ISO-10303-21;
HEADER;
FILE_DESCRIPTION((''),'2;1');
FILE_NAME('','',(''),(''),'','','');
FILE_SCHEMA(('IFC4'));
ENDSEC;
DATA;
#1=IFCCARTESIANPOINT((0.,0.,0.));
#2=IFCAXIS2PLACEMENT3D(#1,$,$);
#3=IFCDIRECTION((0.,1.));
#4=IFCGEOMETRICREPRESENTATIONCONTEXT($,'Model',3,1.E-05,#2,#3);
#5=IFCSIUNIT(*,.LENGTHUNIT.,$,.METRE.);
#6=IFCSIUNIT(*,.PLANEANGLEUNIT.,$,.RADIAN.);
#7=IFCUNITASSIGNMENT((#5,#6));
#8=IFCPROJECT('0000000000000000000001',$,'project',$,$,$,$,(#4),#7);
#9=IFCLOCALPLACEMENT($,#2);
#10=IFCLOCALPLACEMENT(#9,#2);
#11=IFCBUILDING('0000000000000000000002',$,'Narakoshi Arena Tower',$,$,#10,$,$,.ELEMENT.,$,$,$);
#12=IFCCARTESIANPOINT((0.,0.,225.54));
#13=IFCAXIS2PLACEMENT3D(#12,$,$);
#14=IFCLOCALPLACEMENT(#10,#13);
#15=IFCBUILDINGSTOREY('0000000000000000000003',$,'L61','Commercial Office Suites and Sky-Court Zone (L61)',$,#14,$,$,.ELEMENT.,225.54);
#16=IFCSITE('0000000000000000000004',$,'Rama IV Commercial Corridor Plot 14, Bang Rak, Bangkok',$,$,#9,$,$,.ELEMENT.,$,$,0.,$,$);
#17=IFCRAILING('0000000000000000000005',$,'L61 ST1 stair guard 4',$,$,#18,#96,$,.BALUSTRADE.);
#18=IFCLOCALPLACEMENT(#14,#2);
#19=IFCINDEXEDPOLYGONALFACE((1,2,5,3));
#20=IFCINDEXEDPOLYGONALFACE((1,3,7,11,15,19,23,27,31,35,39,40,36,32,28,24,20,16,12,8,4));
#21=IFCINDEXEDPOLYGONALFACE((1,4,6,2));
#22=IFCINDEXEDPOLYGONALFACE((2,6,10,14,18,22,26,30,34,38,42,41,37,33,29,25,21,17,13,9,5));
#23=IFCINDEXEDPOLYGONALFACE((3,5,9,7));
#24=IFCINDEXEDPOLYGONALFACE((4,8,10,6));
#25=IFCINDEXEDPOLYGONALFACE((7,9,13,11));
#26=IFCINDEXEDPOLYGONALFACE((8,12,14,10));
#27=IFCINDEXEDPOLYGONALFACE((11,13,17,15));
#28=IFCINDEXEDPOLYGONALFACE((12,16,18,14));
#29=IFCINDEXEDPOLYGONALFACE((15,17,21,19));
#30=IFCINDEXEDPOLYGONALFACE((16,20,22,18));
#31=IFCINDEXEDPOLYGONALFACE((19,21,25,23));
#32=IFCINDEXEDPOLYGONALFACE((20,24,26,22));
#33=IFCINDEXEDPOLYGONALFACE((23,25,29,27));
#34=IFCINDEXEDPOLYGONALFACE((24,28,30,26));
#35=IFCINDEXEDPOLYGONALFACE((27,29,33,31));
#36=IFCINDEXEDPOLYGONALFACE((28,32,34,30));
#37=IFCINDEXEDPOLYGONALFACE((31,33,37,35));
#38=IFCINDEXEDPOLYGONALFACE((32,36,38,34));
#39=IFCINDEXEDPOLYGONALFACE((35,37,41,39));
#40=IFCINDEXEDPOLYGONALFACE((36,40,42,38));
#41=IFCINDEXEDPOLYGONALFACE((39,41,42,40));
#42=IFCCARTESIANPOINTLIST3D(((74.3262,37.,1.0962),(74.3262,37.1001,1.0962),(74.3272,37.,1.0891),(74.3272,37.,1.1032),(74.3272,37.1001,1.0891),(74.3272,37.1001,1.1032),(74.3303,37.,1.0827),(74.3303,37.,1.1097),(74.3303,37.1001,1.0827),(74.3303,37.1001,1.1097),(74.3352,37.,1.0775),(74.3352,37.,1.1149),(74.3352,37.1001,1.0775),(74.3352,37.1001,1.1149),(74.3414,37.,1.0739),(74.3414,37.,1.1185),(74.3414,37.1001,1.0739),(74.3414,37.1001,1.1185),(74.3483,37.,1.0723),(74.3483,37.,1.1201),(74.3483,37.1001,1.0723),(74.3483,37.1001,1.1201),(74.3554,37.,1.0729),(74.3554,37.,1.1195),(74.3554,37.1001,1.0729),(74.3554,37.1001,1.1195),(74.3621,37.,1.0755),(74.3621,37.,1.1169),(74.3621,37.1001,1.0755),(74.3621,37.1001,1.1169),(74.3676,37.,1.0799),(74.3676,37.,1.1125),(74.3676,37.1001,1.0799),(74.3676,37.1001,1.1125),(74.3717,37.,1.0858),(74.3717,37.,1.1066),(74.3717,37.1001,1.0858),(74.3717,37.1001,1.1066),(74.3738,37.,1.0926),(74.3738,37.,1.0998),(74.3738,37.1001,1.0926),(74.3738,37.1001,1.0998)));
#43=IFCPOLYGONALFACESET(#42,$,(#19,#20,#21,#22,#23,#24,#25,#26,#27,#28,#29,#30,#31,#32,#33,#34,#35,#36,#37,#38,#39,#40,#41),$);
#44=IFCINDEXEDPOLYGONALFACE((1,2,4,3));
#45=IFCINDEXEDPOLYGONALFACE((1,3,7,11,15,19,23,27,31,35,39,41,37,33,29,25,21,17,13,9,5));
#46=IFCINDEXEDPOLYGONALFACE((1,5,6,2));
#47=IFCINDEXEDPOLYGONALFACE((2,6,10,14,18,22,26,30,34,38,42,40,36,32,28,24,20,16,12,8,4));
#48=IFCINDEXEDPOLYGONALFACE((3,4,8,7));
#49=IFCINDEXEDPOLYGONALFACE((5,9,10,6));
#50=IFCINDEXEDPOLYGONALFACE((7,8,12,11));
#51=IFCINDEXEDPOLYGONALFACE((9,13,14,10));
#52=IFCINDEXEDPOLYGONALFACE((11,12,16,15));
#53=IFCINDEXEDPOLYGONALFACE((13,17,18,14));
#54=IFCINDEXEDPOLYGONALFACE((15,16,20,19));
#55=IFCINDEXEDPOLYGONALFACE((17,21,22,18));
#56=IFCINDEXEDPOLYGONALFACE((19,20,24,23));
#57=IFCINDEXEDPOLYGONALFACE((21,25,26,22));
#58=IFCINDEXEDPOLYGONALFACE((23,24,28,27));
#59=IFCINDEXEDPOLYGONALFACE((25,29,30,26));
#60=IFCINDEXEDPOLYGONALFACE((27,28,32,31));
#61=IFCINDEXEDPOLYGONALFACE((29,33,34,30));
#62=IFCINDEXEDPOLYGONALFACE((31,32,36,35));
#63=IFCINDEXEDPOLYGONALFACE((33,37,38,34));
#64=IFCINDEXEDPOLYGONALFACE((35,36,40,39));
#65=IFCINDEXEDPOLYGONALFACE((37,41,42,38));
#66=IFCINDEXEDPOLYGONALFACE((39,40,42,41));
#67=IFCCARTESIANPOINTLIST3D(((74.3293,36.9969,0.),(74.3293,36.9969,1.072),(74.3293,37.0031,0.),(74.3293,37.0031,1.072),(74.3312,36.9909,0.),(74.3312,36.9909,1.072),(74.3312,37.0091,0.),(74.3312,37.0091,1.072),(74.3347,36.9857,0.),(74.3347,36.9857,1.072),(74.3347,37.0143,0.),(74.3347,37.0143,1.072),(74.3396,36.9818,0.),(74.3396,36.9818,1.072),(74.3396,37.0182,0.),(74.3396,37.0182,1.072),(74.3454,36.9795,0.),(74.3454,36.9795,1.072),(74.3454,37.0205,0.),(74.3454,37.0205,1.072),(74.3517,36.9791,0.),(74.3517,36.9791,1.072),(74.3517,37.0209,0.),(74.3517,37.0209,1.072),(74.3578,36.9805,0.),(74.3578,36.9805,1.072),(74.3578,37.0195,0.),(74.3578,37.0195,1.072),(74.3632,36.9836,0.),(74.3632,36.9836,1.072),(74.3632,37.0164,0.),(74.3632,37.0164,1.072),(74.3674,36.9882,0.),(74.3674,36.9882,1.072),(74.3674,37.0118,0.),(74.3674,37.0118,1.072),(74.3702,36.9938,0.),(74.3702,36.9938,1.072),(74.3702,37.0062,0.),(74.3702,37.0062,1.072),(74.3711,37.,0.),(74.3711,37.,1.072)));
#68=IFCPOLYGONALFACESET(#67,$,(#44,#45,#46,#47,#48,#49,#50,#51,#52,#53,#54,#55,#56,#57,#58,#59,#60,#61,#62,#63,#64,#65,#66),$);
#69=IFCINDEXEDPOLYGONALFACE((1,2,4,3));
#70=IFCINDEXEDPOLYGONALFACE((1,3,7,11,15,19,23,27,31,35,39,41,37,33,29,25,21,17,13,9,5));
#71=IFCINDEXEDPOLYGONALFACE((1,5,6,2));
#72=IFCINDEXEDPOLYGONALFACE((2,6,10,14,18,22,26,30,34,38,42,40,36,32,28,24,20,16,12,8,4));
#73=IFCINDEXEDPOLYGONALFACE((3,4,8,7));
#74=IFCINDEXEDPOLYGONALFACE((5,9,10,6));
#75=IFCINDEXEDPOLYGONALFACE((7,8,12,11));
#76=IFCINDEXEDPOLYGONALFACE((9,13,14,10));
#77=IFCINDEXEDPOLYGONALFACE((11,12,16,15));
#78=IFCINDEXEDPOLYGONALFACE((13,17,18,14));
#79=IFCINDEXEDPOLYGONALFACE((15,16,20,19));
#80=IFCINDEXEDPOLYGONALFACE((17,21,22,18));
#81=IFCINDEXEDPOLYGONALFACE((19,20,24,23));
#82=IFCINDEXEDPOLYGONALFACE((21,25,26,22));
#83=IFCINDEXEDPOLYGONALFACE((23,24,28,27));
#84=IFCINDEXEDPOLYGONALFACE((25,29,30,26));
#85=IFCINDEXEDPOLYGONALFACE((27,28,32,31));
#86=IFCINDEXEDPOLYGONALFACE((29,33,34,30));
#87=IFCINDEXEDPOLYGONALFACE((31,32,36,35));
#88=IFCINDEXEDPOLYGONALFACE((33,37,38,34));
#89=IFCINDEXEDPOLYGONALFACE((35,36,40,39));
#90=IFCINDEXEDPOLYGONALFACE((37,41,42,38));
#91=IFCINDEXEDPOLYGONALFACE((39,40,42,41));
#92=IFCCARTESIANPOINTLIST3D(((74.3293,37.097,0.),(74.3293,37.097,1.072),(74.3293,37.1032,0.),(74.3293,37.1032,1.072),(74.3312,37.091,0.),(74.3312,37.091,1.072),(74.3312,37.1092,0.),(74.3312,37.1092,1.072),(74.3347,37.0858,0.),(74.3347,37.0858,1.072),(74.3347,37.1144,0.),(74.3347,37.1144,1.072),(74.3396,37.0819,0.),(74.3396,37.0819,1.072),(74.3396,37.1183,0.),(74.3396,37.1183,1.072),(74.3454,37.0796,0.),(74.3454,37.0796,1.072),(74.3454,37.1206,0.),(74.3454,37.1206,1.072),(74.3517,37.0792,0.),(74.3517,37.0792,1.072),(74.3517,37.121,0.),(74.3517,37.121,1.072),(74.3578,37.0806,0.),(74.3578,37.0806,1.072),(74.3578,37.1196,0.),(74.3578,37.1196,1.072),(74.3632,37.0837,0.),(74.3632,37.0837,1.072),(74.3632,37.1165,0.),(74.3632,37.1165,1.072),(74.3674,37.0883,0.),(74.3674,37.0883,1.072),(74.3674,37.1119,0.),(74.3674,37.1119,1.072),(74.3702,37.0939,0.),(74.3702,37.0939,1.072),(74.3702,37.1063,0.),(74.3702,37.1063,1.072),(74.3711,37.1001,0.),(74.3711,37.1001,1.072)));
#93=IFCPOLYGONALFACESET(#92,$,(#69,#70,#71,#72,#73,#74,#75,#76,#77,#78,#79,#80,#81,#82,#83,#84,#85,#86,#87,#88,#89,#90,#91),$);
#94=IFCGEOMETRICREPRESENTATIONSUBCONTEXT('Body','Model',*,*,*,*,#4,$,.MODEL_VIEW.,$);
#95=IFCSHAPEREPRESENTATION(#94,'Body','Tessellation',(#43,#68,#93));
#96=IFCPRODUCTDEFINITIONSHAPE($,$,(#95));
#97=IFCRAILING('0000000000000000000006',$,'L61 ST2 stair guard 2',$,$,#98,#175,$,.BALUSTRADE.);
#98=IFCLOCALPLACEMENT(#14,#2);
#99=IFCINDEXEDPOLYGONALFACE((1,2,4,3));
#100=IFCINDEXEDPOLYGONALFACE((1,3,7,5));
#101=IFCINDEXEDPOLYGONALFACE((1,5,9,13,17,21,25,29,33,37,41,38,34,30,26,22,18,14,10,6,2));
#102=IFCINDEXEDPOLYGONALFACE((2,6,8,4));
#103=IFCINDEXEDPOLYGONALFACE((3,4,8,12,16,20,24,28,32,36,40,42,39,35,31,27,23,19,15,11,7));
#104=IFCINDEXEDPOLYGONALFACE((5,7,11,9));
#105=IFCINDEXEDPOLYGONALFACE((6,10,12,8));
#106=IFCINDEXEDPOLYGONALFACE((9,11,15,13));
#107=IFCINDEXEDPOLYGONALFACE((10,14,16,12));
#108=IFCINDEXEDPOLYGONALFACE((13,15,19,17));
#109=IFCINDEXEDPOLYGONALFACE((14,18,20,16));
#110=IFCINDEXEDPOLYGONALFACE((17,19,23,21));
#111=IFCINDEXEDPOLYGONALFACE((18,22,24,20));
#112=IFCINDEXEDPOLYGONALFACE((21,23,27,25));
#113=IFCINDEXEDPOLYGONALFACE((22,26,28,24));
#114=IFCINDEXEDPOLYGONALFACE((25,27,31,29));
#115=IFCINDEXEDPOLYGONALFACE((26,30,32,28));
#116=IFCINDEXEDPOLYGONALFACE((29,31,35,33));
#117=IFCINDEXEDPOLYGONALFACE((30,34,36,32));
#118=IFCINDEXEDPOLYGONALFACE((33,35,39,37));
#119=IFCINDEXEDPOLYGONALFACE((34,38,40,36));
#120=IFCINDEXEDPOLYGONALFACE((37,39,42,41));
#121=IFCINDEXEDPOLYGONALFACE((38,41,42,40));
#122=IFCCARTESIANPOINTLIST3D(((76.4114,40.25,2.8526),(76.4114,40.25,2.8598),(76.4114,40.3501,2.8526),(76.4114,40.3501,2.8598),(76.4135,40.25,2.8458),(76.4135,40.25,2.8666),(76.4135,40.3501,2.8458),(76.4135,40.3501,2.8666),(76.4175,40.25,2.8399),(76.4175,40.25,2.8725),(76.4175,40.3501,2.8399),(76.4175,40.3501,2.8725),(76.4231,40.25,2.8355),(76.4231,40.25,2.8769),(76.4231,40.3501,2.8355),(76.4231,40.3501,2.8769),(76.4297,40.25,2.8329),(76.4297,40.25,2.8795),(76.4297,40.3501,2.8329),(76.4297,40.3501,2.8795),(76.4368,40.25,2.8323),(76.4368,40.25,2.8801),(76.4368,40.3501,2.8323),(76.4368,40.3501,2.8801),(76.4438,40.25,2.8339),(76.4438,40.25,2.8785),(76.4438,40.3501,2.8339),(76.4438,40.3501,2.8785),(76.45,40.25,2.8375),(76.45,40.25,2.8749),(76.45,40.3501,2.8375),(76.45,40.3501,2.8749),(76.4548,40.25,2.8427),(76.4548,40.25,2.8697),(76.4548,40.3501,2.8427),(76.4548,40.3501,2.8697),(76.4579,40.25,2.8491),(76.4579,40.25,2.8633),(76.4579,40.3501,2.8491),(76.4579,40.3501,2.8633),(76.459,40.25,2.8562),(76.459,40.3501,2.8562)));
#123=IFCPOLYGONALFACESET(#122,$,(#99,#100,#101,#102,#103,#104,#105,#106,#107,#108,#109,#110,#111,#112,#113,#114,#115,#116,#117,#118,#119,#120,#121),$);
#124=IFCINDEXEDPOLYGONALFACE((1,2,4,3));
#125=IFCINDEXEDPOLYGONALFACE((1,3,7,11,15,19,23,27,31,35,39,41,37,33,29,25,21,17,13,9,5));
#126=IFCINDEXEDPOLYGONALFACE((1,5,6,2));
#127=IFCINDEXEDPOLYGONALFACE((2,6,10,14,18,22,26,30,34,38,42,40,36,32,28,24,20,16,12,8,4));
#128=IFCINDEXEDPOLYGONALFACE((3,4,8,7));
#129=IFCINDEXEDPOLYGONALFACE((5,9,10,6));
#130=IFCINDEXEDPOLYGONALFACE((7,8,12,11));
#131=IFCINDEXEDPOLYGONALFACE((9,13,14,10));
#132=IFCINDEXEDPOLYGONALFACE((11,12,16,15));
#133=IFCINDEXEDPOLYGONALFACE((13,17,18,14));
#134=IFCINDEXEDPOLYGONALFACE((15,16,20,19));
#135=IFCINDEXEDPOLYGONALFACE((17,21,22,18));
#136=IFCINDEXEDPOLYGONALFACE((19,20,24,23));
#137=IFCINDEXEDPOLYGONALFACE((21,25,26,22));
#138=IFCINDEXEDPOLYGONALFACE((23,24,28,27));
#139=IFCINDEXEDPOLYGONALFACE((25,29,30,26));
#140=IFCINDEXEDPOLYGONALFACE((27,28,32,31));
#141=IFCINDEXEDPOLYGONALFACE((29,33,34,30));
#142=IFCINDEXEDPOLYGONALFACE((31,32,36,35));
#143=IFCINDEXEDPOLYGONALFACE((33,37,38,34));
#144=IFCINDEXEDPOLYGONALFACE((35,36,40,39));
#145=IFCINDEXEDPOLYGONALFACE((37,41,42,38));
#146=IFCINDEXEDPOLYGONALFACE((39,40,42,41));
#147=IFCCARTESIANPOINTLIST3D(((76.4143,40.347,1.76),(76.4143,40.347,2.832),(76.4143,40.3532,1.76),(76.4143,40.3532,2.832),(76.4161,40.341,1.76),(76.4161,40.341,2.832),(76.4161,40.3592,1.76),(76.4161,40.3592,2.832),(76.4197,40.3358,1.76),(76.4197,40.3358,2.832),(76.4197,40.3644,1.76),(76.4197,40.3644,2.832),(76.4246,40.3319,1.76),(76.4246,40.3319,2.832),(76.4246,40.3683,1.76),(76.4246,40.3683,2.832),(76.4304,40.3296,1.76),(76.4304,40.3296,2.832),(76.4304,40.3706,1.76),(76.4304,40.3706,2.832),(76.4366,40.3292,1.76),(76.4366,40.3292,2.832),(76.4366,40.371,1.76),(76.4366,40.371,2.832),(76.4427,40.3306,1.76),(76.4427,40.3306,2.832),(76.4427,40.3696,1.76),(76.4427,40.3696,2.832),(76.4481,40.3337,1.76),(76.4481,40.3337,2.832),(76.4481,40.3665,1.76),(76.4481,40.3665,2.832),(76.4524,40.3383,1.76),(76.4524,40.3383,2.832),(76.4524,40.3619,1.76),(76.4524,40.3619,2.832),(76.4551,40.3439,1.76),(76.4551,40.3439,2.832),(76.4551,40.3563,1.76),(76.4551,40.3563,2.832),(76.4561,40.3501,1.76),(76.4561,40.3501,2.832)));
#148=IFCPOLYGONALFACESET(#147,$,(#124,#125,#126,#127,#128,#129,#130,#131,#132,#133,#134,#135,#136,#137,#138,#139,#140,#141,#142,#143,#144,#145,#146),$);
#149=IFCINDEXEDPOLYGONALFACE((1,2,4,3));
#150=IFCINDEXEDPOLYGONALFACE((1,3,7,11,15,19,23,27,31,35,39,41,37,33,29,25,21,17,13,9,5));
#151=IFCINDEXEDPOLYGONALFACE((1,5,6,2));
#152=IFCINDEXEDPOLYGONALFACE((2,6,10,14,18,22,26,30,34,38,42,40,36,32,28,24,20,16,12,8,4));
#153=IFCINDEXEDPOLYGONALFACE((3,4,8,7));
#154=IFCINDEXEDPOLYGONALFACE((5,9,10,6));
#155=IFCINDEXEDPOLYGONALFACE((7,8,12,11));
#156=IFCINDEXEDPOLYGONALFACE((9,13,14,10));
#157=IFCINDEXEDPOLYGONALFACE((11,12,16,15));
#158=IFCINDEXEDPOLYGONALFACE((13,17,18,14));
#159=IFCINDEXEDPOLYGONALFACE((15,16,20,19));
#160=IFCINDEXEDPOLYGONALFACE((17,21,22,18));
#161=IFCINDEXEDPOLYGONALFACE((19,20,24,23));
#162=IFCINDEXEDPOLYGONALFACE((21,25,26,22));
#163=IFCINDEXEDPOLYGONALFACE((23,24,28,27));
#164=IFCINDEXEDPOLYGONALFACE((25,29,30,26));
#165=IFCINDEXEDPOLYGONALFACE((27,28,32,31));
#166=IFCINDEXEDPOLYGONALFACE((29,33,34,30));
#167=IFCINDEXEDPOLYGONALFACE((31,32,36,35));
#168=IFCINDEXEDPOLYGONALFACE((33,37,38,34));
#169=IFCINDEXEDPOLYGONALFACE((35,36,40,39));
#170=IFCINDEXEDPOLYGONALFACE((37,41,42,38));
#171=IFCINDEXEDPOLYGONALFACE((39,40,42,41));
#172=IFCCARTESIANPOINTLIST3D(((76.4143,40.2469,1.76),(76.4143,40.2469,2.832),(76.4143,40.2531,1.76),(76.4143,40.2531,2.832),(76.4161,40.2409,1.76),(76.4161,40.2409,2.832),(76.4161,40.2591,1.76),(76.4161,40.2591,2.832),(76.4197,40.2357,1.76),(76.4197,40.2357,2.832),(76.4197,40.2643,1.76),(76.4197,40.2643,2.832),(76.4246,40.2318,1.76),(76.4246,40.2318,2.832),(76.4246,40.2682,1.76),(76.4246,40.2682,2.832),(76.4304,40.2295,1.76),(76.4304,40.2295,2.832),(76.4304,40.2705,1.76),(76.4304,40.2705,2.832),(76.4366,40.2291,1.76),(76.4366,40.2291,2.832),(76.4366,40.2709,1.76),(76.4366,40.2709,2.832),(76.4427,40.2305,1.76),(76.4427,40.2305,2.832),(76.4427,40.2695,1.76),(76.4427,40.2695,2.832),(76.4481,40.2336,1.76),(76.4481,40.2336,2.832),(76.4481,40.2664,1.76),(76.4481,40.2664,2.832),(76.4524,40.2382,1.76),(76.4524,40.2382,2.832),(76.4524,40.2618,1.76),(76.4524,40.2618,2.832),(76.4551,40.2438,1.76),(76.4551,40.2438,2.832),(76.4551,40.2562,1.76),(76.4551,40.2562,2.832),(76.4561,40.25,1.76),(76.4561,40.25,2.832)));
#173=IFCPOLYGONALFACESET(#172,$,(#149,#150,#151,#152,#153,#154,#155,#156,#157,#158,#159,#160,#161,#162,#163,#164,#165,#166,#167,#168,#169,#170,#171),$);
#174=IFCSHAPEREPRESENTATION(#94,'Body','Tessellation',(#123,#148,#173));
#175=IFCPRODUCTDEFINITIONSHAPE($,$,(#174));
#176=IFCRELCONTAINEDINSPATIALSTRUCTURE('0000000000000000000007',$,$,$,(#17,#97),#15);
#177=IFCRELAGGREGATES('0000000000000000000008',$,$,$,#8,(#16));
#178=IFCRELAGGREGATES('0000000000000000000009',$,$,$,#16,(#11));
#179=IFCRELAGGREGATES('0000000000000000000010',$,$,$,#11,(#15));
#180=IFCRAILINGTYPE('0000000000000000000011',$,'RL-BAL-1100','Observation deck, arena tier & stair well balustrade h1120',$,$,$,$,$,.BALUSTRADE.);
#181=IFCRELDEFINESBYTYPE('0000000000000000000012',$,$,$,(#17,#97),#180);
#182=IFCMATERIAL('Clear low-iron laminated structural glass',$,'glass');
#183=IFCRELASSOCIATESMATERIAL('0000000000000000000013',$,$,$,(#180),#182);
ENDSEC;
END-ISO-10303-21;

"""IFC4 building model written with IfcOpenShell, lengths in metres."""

from ifc_helpers import new_model, si_unit, direction, frame, origin, origin_2d, place, context, subcontext, project, spatial, circle, extrude, material, type_object, element, save


model = new_model("IFC4")

# Units and contexts
model_context = context("Model", 3, precision=1e-05, world=origin(), true_north=direction((0.0, 1.0)))
body_context = subcontext(model_context, "Body", "Model", "MODEL_VIEW")
ifc_project = project(units=[si_unit("LENGTHUNIT", "METRE"), si_unit("PLANEANGLEUNIT", "RADIAN")], contexts=[model_context])

# Site, building, storey
site_placement = place(None, origin())
site = spatial("IfcSite", under=ifc_project, at=site_placement, Name="Rama IV Commercial Corridor Plot 14, Bang Rak, Bangkok", CompositionType="ELEMENT", RefElevation=0.0)
building_placement = place(site_placement, origin())
building = spatial("IfcBuilding", under=site, at=building_placement, Name="Narakoshi Arena Tower", CompositionType="ELEMENT")
storey_placement = place(building_placement, frame((0.0, 0.0, 225.54)))
storey = spatial("IfcBuildingStorey", under=building, at=storey_placement, Name="L61", Description="Commercial Office Suites and Sky-Court Zone (L61)", CompositionType="ELEMENT", Elevation=225.54)

# Railings
ifc_material_1 = material(Name="Clear low-iron laminated structural glass", Category="glass")
railing_type_1 = type_object("IfcRailingType", Name="RL-BAL-1100", Description="Observation deck, arena tier & stair well balustrade h1120", PredefinedType="BALUSTRADE", material=ifc_material_1)
railing_1_placement = place(storey_placement, frame((74.3501, 37.0, 0.0)))
element("IfcRailing", 1, at=railing_1_placement, inside=storey, type_object=railing_type_1, Name="L61 ST1 stair guard 4", PredefinedType="BALUSTRADE", context=body_context, shape_type="SweptSolid", body=[
    extrude(circle(Radius=0.0239, at=origin_2d()), frame((0.0, 0.0, 1.0962), z_axis=(0.0, 1.0, 0.0), x_axis=(-1.0, 0.0, 0.0)), (0.0, 0.0, 1.0), 0.1001),
    extrude(circle(Radius=0.021, at=origin_2d()), origin(), (0.0, 0.0, 1.0), 1.072),
    extrude(circle(Radius=0.021, at=origin_2d()), frame((0.0, 0.1001, 0.0)), (0.0, 0.0, 1.0), 1.072),
])
railing_2_placement = place(storey_placement, frame((76.4351, 40.3501, 1.76)))
element("IfcRailing", 2, at=railing_2_placement, inside=storey, type_object=railing_type_1, Name="L61 ST2 stair guard 2", PredefinedType="BALUSTRADE", context=body_context, shape_type="SweptSolid", body=[
    extrude(circle(Radius=0.0239, at=origin_2d()), frame((0.0, 0.0, 1.0962), z_axis=(0.0, -1.0, 0.0), x_axis=(1.0, 0.0, 0.0)), (0.0, 0.0, 1.0), 0.1001),
    extrude(circle(Radius=0.021, at=origin_2d()), origin(), (0.0, 0.0, 1.0), 1.072),
    extrude(circle(Radius=0.021, at=origin_2d()), frame((0.0, -0.1001, 0.0)), (0.0, 0.0, 1.0), 1.072),
])

save(model, "model.ifc")
